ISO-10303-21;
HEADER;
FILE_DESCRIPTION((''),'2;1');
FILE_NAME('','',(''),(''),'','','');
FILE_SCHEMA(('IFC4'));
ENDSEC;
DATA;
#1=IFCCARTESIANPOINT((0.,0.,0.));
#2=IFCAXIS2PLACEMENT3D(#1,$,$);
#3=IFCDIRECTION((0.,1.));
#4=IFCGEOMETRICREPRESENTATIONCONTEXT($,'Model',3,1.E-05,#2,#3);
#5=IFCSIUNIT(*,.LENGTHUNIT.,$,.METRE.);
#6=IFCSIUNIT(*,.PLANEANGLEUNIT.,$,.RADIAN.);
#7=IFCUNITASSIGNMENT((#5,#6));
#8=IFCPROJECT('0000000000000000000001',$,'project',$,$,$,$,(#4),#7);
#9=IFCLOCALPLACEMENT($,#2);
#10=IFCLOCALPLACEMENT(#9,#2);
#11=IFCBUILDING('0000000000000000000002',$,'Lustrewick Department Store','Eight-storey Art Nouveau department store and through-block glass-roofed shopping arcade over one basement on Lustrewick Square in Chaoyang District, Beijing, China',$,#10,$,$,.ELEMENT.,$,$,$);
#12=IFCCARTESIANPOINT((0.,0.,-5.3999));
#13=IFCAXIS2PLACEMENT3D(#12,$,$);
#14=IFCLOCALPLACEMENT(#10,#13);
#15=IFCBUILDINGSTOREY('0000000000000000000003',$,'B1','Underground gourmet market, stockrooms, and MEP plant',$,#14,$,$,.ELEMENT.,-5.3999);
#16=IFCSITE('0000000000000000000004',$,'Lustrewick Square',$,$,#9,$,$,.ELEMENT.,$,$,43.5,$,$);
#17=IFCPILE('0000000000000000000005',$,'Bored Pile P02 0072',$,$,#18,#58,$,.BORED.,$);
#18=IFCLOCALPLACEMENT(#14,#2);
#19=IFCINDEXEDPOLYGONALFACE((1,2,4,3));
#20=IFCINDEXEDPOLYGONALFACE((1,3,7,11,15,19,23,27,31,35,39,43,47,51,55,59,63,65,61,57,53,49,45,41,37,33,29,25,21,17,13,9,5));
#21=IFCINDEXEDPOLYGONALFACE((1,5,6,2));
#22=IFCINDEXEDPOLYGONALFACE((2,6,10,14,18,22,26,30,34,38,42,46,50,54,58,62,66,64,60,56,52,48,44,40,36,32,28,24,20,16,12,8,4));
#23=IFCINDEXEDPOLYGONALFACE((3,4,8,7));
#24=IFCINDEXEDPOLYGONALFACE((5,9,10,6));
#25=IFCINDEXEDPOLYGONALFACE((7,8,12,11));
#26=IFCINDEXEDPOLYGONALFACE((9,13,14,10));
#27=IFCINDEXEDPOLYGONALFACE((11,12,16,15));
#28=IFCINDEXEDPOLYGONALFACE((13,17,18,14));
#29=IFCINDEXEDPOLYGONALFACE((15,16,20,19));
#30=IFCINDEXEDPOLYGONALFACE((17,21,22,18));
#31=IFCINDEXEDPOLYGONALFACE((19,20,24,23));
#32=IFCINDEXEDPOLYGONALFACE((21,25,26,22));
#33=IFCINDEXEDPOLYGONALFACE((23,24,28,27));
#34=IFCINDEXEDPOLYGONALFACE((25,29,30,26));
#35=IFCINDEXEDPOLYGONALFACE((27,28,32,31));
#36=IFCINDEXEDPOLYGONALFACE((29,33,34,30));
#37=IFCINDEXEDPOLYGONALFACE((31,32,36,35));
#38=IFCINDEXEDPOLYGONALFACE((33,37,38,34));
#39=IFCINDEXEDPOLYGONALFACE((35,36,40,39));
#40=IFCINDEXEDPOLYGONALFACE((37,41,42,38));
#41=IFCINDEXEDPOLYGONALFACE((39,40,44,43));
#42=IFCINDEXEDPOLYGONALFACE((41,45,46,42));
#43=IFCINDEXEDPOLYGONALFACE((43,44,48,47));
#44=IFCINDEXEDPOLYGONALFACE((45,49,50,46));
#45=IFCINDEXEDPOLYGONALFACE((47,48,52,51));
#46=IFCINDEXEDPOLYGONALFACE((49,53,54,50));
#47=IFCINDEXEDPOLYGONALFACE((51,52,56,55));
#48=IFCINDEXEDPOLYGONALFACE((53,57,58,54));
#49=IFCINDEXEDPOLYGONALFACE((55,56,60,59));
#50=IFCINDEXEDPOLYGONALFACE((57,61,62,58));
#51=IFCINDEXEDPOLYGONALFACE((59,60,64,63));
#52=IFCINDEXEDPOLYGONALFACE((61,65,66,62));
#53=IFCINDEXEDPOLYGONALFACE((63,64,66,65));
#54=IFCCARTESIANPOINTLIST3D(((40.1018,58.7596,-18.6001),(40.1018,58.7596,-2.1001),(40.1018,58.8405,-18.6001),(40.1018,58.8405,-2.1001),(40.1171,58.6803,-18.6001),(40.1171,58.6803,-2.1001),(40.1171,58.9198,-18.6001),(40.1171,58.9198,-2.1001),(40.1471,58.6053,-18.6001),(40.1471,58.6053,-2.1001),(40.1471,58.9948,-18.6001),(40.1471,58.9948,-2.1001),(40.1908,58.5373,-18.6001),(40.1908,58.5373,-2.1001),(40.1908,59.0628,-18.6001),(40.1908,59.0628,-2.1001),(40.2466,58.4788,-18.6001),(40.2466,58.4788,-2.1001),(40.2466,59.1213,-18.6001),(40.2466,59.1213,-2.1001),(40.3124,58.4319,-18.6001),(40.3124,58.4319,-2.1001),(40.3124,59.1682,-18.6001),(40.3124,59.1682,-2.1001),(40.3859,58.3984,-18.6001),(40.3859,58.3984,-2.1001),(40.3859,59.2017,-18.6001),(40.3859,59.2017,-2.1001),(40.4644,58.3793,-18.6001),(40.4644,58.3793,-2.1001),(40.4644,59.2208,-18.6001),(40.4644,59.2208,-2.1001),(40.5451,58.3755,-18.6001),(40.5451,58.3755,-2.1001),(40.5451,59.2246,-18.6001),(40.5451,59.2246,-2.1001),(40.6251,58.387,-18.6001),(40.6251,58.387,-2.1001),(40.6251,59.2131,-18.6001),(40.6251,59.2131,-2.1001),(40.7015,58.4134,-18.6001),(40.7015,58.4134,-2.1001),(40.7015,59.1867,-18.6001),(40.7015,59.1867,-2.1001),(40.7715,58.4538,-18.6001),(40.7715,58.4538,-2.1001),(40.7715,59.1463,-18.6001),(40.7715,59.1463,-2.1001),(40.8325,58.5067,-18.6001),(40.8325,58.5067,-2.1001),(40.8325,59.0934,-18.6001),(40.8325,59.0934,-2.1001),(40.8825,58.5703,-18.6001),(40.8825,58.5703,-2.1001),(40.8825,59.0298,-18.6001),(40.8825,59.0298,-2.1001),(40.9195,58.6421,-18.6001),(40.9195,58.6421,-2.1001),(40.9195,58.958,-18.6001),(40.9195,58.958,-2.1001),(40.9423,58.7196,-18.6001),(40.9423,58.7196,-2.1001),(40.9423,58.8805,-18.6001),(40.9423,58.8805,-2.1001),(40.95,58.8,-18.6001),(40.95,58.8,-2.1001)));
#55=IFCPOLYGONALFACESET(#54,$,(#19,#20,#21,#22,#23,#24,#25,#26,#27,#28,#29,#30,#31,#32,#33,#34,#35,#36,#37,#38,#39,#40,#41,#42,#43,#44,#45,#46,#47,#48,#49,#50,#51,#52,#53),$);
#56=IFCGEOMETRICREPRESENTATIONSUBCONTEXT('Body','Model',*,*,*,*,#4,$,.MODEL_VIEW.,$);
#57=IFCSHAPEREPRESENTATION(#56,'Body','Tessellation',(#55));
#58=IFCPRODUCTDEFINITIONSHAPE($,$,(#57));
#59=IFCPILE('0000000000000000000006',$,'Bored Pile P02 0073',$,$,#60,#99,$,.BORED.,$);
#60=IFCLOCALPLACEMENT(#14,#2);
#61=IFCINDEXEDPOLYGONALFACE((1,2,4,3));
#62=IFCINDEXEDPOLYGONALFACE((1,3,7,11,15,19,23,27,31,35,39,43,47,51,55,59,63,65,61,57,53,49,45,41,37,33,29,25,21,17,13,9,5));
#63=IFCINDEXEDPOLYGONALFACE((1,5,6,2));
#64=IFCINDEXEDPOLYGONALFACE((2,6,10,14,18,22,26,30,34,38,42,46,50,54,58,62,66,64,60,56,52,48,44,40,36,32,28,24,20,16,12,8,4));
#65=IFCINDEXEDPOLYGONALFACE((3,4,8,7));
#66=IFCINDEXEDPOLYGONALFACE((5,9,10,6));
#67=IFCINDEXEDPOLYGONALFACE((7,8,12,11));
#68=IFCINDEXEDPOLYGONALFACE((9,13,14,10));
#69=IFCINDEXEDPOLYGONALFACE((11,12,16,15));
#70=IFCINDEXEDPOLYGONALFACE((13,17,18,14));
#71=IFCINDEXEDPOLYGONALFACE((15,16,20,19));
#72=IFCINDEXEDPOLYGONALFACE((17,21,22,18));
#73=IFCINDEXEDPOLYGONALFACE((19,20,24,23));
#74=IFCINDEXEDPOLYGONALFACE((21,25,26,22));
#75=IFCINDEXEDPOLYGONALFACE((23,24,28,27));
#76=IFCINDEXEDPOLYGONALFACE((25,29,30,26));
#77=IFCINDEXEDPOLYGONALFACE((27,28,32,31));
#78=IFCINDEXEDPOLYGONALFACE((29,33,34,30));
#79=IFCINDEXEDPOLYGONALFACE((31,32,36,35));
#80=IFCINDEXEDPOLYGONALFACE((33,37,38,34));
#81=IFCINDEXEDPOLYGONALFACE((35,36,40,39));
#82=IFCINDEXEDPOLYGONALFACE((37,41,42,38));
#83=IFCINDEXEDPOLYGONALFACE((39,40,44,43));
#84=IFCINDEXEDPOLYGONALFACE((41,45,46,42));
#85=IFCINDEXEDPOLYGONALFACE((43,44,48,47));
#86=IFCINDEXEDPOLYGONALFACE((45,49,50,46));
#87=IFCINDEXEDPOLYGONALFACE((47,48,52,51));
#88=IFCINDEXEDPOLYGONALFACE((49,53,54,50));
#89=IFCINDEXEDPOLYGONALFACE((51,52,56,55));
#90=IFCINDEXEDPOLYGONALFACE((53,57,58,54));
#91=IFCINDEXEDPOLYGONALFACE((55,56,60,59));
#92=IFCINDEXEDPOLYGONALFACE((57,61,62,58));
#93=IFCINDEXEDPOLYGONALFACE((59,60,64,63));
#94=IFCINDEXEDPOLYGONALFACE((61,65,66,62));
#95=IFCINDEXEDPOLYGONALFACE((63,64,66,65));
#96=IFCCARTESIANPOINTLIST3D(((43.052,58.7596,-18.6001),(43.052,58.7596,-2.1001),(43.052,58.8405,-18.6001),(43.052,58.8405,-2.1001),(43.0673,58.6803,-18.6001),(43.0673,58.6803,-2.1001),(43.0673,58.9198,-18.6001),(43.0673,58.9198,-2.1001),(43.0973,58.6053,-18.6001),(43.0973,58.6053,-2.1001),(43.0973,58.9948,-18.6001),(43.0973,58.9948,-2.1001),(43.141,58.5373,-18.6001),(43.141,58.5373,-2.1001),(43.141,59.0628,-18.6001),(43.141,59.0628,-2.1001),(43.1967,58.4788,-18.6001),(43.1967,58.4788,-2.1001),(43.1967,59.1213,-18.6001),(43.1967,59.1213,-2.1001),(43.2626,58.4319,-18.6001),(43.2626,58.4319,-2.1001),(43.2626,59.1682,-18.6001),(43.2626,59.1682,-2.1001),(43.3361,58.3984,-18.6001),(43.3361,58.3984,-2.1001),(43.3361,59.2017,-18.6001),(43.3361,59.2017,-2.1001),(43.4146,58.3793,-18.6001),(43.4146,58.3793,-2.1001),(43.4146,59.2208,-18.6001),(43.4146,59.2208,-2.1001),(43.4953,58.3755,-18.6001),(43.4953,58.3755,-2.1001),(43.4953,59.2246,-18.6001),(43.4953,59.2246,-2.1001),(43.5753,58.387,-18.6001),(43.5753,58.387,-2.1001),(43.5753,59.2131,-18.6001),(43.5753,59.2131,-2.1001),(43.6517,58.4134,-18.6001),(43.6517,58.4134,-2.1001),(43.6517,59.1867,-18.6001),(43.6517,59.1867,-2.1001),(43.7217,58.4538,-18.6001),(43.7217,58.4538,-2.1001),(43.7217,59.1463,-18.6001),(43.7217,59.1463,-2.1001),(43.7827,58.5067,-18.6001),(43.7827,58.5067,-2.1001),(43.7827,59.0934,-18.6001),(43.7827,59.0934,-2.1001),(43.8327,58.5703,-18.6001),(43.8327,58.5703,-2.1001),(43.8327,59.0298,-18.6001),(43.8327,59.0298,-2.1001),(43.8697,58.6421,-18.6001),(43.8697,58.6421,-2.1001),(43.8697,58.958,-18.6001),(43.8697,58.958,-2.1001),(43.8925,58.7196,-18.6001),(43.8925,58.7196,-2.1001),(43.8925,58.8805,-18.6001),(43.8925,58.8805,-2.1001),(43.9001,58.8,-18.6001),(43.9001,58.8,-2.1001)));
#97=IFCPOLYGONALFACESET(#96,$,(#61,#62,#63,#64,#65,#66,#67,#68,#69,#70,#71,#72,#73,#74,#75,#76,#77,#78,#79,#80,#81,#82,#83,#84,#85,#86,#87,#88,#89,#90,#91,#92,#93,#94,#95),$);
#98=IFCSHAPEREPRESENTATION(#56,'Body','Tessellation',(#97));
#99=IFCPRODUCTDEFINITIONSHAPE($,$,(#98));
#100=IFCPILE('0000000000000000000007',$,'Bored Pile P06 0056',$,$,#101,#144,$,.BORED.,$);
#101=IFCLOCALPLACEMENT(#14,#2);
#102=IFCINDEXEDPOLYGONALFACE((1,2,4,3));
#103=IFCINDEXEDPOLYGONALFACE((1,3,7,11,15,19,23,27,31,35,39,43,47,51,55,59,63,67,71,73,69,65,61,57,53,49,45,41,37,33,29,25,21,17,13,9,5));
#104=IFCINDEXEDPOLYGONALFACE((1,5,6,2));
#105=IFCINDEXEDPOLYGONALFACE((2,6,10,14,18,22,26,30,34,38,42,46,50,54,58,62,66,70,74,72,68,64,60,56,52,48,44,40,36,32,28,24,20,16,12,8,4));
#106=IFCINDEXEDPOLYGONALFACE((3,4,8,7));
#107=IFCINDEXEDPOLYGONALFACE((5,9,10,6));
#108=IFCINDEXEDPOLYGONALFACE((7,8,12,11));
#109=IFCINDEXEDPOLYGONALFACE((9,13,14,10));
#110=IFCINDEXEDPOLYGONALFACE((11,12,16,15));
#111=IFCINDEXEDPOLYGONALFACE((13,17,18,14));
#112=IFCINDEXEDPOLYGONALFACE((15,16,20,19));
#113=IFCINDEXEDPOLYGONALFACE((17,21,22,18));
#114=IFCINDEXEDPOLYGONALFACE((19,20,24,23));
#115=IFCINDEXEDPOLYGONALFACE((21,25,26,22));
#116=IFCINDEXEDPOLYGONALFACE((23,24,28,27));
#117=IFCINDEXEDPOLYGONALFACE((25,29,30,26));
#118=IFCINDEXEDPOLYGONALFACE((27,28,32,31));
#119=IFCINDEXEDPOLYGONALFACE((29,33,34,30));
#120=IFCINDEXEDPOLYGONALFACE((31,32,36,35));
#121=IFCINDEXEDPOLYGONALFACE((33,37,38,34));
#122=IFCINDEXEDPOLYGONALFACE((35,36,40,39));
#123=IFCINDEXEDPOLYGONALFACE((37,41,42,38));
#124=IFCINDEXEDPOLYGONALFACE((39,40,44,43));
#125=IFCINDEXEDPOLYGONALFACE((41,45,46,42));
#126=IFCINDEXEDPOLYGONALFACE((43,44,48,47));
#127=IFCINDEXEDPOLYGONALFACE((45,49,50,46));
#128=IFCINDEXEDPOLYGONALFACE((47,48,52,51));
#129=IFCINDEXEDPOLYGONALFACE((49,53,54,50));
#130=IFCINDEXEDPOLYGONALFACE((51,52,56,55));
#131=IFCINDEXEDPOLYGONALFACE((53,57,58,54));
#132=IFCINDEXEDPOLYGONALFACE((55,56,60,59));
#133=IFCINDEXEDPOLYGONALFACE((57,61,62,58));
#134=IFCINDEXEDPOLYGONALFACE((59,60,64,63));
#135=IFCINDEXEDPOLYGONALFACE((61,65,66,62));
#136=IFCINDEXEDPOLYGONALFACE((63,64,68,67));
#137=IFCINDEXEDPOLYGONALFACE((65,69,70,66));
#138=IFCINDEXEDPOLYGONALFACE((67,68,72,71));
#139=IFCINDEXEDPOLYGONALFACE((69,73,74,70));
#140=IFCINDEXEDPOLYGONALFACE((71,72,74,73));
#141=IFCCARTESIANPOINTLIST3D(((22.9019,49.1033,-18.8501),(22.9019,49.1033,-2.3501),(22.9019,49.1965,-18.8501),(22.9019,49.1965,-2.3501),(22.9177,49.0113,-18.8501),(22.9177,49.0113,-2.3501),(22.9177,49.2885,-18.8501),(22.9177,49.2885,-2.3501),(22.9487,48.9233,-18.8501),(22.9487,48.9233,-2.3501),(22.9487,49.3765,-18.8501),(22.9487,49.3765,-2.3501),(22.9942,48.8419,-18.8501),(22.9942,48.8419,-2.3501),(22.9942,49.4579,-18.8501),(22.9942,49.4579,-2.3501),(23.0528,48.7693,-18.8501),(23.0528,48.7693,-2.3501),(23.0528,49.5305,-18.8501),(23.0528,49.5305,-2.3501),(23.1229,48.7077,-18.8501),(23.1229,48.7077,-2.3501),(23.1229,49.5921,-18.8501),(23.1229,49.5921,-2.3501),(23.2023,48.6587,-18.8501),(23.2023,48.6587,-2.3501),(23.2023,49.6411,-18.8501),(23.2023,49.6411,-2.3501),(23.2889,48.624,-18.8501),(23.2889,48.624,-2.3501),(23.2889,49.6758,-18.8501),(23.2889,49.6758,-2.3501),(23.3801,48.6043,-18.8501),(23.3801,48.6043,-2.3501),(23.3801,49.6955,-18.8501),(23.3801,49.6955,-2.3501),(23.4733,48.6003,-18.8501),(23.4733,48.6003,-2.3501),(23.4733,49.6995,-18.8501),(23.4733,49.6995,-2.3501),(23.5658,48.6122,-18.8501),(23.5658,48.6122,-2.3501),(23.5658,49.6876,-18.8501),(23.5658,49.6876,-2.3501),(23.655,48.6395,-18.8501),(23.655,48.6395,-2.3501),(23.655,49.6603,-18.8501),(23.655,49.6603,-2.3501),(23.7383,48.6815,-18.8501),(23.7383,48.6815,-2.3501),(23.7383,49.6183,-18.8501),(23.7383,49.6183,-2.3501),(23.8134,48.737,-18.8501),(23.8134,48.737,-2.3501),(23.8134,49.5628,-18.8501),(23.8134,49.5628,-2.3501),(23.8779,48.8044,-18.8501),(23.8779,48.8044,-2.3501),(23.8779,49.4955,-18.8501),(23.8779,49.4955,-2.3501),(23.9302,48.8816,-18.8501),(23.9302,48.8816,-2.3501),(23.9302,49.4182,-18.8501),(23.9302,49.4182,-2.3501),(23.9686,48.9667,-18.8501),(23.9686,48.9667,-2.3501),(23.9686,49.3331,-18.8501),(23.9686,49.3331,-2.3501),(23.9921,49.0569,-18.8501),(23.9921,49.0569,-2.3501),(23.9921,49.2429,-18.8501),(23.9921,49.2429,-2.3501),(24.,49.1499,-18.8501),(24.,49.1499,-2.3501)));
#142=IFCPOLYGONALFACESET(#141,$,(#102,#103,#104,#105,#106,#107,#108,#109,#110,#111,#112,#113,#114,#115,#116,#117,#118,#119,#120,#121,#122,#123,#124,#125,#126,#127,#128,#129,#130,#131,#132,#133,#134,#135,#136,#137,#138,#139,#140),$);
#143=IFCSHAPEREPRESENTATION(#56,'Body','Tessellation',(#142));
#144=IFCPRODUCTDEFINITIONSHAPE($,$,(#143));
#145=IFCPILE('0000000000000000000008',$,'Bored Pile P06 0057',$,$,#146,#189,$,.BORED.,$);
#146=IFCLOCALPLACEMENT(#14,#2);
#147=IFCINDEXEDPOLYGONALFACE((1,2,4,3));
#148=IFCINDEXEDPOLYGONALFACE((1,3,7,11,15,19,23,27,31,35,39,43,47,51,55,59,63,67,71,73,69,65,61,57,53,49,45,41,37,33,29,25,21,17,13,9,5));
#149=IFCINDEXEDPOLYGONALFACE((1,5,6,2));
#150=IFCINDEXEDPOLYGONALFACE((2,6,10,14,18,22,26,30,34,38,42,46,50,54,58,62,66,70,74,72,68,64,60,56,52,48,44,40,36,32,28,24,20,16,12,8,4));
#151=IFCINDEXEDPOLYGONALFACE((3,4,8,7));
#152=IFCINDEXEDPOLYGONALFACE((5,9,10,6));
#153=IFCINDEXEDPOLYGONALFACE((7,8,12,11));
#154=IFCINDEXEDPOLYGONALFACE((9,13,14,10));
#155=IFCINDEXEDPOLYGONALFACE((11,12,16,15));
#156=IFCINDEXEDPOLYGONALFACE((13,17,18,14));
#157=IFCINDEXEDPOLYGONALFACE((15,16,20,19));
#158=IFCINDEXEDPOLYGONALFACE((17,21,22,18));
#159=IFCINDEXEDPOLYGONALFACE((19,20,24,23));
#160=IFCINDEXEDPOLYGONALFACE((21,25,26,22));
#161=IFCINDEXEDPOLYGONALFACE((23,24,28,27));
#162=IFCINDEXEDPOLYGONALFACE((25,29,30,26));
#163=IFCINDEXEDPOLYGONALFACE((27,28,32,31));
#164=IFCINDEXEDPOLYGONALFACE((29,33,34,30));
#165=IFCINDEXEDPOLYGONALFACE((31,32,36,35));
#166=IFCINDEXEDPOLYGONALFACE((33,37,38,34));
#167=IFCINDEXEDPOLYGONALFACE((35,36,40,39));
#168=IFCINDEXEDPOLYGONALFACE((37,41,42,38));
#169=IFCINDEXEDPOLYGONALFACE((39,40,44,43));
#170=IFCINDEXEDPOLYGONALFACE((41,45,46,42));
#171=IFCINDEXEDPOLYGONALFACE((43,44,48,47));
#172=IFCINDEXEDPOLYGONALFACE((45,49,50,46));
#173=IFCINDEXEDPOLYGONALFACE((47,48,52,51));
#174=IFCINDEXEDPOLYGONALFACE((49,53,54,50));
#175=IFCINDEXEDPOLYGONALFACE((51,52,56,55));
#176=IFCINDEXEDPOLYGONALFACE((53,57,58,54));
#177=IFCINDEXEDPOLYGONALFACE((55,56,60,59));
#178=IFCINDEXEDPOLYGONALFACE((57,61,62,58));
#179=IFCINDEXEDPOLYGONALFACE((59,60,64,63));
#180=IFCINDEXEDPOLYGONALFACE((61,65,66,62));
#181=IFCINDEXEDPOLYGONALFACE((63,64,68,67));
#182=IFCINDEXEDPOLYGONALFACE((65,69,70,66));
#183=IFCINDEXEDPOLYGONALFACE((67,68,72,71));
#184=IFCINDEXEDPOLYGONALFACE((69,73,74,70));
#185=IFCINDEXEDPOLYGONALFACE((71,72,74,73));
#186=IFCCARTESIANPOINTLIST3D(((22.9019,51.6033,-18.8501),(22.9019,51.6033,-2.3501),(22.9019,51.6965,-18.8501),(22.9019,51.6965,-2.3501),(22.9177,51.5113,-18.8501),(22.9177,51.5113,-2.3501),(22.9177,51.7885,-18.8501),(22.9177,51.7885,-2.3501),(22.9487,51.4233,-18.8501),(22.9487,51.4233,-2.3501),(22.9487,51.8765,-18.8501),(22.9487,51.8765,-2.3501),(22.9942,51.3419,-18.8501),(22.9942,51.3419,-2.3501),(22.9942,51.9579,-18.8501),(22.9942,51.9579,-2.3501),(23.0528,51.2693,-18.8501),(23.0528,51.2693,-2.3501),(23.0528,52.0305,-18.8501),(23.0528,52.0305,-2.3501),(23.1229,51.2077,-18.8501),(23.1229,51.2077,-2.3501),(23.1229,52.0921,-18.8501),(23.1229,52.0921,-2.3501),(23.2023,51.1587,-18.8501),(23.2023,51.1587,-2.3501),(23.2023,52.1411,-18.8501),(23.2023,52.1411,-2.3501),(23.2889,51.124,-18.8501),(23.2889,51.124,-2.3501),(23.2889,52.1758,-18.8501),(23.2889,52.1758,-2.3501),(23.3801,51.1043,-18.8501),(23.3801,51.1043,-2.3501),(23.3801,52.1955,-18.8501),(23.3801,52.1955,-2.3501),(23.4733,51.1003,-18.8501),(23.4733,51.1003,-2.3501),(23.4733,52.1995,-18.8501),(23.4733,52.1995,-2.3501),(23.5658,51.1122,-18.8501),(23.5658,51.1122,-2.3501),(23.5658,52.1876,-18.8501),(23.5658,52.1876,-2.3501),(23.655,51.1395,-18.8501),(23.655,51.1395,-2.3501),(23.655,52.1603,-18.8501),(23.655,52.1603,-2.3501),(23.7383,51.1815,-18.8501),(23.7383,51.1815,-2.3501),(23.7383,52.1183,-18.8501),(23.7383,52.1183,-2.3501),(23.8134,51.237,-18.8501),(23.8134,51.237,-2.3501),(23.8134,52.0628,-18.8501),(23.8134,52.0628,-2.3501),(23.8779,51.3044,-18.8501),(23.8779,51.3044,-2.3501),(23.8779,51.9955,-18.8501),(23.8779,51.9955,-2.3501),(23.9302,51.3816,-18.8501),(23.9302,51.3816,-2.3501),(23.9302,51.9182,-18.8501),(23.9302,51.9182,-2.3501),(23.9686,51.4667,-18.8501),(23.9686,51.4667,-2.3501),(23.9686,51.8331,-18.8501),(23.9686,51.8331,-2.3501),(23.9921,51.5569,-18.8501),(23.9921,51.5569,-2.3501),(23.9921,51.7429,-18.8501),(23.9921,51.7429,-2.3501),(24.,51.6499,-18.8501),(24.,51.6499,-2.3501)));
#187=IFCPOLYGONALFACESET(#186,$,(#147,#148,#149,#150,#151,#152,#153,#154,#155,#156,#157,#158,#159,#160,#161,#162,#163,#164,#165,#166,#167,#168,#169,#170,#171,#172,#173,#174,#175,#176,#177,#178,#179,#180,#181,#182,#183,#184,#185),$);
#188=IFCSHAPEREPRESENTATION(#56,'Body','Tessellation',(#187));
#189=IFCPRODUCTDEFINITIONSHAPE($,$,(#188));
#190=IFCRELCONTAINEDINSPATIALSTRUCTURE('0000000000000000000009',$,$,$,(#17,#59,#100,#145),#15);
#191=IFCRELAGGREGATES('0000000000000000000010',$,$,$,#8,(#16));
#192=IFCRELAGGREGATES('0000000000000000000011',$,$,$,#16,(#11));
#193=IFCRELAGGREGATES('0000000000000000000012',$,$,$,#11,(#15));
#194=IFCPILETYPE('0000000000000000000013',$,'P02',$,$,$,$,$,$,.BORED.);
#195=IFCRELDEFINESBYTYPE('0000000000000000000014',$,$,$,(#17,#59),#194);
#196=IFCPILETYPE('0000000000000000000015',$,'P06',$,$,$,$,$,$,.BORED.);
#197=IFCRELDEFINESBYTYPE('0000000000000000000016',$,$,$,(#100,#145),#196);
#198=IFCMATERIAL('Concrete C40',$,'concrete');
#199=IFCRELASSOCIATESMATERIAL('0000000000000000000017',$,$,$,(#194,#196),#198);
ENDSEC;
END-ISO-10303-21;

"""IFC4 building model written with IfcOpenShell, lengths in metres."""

from ifc_helpers import new_model, si_unit, direction, frame, origin, origin_2d, place, context, subcontext, project, spatial, circle, extrude, material, material_profile, profile_set, type_object, element, save


model = new_model("IFC4")

# Units and contexts
model_context = context("Model", 3, precision=1e-05, world=origin(), true_north=direction((0.0, 1.0)))
body_context = subcontext(model_context, "Body", "Model", "MODEL_VIEW")
ifc_project = project(units=[si_unit("LENGTHUNIT", "METRE"), si_unit("PLANEANGLEUNIT", "RADIAN")], contexts=[model_context])

# Site, building, storey
site_placement = place(None, origin())
site = spatial("IfcSite", under=ifc_project, at=site_placement, Name="Lustrewick Square", CompositionType="ELEMENT", RefElevation=43.5)
building_placement = place(site_placement, origin())
building = spatial("IfcBuilding", under=site, at=building_placement, Name="Lustrewick Department Store", Description="Eight-storey Art Nouveau department store and through-block glass-roofed shopping arcade over one basement on Lustrewick Square in Chaoyang District, Beijing, China", CompositionType="ELEMENT")
storey_placement = place(building_placement, frame((0.0, 0.0, -5.3999)))
storey = spatial("IfcBuildingStorey", under=building, at=storey_placement, Name="B1", Description="Underground gourmet market, stockrooms, and MEP plant", CompositionType="ELEMENT", Elevation=-5.3999)

# Piles
ifc_material_1 = material(Name="Concrete C40", Category="concrete")
ifc_material_profile_1 = material_profile(ifc_material_1, circle(Radius=0.425, at=origin_2d()), Name="PILE D850")
ifc_profile_set_1 = profile_set([ifc_material_profile_1], Name="Concrete C40")
pile_type_1 = type_object("IfcPileType", Name="P02", PredefinedType="BORED", material=ifc_profile_set_1)
for number, where, z_axis, x_axis, name in (
    (1, (40.5249, 58.8, -2.1001), (0.0, 0.0, -1.0), (1.0, 0.0, 0.0), "Bored Pile P02 0072"),
    (2, (43.4751, 58.8, -2.1001), (0.0, 0.0, -1.0), (1.0, 0.0, 0.0), "Bored Pile P02 0073"),
):
    element("IfcPile", number, at=place(storey_placement, frame(where, z_axis=z_axis, x_axis=x_axis)), inside=storey, type_object=pile_type_1, Name=name, PredefinedType="BORED", context=body_context, shape_type="SweptSolid", body=[
        extrude(circle(Radius=0.425, at=origin_2d()), origin(), (0.0, 0.0, 1.0), 16.5),
    ])
ifc_material_profile_2 = material_profile(ifc_material_1, circle(Radius=0.55, at=origin_2d()), Name="PILE D1100")
ifc_profile_set_2 = profile_set([ifc_material_profile_2], Name="Concrete C40")
pile_type_2 = type_object("IfcPileType", Name="P06", PredefinedType="BORED", material=ifc_profile_set_2)
for number, where, z_axis, x_axis, name in (
    (3, (23.45, 49.1499, -2.3501), (0.0, 0.0, -1.0), (1.0, 0.0, 0.0), "Bored Pile P06 0056"),
    (4, (23.45, 51.6499, -2.3501), (0.0, 0.0, -1.0), (1.0, 0.0, 0.0), "Bored Pile P06 0057"),
):
    element("IfcPile", number, at=place(storey_placement, frame(where, z_axis=z_axis, x_axis=x_axis)), inside=storey, type_object=pile_type_2, Name=name, PredefinedType="BORED", context=body_context, shape_type="SweptSolid", body=[
        extrude(circle(Radius=0.55, at=origin_2d()), origin(), (0.0, 0.0, 1.0), 16.5),
    ])

save(model, "model.ifc")
